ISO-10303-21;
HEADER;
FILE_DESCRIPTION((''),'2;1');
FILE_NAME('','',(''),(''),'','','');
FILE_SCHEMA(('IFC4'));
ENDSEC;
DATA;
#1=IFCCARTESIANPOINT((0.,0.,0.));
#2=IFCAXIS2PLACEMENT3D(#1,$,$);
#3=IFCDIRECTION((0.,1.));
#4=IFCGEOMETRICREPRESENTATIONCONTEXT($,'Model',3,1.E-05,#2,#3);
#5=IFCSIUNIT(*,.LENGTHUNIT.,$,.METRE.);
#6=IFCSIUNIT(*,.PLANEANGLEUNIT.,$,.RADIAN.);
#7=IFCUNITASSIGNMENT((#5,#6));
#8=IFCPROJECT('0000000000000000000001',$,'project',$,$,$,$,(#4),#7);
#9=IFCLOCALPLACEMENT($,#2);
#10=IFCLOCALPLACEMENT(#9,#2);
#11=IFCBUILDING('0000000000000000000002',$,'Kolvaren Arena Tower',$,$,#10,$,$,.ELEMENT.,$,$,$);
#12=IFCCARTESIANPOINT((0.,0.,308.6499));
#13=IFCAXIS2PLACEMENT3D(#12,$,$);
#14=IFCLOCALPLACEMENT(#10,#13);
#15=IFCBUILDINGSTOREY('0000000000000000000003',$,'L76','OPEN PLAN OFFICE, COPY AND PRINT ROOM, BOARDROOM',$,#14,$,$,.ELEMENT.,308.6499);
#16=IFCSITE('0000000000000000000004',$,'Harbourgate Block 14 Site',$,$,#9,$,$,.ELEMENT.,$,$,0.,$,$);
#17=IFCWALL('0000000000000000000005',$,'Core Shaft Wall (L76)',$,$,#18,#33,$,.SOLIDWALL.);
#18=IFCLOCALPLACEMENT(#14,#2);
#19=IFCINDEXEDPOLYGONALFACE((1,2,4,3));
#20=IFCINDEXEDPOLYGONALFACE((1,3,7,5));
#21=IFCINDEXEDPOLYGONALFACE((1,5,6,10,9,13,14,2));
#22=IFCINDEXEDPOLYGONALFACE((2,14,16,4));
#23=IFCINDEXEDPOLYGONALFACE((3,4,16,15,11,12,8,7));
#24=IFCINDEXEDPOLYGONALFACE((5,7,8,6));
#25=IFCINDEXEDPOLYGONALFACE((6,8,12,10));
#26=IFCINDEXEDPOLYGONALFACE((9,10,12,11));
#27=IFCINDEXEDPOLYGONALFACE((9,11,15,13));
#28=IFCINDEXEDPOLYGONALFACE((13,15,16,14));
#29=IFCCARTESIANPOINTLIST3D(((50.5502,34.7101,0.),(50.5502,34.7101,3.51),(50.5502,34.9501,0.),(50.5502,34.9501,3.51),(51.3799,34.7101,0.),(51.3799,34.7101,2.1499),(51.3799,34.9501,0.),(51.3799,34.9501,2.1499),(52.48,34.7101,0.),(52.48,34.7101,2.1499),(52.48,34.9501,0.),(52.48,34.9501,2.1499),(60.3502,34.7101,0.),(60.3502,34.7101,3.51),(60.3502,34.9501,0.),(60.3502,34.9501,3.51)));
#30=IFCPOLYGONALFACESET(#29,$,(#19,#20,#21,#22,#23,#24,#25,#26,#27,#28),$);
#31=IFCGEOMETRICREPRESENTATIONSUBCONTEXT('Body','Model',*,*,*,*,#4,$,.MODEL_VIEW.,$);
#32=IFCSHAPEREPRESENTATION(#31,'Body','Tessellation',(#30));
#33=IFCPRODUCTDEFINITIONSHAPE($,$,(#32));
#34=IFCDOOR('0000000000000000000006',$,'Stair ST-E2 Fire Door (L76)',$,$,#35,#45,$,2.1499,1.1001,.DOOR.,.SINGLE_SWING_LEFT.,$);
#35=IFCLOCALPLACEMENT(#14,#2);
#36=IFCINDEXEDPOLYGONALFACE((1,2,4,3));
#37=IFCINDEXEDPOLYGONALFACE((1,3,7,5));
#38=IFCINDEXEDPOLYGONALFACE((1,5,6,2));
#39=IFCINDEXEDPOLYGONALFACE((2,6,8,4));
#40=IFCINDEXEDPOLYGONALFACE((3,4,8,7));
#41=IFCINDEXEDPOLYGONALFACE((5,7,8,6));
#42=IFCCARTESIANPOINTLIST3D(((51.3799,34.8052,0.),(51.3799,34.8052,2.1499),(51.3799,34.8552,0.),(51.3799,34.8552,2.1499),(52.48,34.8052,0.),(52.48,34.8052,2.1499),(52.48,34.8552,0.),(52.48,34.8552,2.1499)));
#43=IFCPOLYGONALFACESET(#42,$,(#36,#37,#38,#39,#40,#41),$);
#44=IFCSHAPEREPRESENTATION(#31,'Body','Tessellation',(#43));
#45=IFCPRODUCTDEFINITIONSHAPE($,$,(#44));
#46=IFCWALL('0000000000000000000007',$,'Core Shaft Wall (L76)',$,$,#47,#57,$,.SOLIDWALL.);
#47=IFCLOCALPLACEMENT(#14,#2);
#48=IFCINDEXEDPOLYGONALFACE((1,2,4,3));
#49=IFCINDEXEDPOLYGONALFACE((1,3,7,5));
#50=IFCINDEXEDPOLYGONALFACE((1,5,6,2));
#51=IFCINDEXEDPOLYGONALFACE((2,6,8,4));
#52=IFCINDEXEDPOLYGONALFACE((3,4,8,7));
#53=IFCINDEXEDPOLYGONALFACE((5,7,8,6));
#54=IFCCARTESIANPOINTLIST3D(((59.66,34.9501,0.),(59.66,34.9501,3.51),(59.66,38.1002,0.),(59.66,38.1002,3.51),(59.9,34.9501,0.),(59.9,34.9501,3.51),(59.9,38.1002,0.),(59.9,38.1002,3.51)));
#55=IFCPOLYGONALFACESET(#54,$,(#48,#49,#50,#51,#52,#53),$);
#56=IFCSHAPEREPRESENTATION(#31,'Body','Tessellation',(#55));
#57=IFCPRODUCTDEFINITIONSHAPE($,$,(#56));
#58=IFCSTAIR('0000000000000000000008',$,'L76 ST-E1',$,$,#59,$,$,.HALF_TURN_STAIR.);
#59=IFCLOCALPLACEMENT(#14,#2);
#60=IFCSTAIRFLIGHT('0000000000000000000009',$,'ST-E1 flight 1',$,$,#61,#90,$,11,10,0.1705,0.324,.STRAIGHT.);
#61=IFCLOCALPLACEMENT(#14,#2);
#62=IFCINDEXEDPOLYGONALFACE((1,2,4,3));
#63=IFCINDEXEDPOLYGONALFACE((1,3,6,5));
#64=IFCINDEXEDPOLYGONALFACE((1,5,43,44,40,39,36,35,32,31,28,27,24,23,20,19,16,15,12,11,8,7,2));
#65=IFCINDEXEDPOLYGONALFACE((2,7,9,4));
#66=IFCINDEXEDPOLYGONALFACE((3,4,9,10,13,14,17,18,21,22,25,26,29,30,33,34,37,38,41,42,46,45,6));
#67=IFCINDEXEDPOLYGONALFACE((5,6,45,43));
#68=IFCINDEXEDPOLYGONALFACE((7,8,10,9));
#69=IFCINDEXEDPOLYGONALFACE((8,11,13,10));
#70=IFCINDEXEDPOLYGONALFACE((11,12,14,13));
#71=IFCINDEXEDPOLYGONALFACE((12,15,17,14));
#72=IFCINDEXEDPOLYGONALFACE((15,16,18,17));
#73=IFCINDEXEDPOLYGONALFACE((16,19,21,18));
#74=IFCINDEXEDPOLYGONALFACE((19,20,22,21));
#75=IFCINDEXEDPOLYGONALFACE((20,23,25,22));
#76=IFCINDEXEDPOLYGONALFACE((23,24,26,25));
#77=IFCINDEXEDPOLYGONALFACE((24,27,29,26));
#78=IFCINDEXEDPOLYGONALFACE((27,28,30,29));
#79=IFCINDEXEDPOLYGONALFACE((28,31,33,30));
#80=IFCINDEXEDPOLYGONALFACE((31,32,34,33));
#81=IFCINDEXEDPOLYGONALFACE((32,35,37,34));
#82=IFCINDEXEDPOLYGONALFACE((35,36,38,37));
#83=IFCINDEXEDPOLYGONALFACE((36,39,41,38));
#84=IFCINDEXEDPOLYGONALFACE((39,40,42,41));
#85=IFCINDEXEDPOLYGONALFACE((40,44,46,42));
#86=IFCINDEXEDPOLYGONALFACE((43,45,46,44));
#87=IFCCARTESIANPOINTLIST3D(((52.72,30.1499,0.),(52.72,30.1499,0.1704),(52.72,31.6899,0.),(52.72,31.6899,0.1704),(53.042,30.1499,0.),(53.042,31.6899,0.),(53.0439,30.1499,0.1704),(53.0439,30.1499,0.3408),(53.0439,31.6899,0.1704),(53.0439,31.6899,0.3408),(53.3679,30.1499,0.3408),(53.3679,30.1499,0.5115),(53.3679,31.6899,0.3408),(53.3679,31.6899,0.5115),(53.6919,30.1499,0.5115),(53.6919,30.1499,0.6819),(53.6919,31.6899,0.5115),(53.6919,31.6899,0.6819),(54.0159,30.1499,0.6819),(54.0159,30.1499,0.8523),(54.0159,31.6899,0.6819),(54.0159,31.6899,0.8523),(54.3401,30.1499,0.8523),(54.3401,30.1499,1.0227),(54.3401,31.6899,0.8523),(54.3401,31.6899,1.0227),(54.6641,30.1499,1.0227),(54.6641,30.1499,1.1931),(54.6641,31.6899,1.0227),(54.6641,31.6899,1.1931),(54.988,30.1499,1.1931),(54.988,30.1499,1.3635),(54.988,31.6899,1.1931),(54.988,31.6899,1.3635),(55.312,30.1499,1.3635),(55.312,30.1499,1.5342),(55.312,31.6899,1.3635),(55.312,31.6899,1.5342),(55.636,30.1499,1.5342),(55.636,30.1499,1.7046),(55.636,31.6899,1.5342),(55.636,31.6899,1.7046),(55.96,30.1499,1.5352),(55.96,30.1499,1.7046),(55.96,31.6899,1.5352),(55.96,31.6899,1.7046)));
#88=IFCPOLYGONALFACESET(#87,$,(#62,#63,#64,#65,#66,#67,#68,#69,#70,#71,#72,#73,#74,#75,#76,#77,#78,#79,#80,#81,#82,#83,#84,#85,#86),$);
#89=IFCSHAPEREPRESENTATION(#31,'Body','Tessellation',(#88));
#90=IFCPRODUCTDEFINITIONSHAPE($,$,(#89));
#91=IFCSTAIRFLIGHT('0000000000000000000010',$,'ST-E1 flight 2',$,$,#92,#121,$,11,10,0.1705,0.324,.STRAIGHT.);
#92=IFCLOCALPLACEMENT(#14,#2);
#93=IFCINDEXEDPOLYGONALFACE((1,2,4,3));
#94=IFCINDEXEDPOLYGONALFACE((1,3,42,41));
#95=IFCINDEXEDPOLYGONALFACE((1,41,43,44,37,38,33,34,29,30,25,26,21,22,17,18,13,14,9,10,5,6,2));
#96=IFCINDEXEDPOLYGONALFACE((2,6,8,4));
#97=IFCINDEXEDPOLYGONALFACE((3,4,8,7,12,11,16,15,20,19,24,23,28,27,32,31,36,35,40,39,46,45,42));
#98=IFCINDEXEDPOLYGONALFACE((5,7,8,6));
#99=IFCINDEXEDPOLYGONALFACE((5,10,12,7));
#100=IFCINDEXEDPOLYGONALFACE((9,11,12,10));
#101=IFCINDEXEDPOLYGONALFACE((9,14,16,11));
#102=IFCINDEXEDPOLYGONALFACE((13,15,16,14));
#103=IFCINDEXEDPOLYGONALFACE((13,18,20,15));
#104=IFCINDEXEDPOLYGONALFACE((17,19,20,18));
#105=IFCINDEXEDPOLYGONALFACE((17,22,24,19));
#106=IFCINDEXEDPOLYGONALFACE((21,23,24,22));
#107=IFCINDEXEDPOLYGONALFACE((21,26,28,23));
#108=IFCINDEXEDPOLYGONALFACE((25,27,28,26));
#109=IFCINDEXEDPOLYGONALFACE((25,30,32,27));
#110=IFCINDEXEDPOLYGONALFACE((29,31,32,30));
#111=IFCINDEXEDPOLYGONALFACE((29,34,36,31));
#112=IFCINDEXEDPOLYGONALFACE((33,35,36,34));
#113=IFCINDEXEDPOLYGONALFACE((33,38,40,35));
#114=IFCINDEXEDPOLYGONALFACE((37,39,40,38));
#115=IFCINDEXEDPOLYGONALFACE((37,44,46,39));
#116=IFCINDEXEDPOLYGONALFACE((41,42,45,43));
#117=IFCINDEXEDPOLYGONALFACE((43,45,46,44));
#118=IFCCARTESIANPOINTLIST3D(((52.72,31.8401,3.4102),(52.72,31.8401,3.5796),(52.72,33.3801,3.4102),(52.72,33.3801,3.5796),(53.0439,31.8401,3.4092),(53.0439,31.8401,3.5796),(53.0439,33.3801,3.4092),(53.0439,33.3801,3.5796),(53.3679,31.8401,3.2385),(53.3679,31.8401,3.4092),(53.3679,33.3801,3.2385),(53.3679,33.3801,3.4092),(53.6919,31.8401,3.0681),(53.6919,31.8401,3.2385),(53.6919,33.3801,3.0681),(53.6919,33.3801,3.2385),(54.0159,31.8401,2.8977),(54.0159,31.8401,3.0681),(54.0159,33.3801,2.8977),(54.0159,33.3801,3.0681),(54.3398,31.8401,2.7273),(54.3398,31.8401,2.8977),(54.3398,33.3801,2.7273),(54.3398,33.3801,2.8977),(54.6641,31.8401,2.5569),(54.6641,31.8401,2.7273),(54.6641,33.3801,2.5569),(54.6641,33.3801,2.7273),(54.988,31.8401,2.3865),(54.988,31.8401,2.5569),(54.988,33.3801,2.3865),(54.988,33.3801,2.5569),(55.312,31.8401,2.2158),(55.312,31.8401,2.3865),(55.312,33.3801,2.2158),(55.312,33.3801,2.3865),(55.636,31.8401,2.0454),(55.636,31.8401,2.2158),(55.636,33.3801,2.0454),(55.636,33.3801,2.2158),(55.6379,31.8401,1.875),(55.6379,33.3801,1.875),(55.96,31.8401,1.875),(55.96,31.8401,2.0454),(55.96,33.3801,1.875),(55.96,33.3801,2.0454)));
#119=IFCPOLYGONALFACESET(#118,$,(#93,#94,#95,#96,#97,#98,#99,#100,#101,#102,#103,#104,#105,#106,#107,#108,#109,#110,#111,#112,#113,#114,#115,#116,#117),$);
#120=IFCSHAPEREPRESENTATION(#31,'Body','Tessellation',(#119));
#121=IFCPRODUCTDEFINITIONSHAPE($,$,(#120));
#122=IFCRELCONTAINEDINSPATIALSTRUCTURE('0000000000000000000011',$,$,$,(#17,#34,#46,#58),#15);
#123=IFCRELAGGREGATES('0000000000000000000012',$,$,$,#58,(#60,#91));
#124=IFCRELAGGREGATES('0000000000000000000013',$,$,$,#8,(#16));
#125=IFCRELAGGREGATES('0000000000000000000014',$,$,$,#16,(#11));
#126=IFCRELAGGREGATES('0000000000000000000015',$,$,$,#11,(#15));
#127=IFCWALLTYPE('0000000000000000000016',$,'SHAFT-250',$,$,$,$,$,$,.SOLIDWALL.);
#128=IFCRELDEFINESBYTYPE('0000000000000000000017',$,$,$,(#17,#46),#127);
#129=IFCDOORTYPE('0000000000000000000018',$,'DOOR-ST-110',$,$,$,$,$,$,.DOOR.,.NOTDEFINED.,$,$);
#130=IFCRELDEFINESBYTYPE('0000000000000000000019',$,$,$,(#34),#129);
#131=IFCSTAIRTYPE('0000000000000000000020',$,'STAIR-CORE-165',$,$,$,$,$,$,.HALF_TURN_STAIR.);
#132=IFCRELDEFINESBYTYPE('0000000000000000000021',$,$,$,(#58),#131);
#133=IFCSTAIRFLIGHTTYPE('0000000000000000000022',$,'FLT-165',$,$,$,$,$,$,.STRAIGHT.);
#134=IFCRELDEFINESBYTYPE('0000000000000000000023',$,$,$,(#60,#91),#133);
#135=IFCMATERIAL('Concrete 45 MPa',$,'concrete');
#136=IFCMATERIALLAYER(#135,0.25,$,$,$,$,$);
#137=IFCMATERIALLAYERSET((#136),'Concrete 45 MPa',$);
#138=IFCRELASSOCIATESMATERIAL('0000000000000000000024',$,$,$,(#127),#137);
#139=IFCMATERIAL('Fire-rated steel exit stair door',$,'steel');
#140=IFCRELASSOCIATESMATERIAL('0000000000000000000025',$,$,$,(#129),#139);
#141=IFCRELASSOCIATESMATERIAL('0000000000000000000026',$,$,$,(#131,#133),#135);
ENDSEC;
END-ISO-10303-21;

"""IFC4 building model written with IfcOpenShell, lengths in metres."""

from ifc_helpers import new_model, si_unit, direction, frame, frame_2d, origin, place, context, subcontext, project, spatial, polyline, rectangle, outline, extrude, material, layer, layer_set, type_object, element, fill, aggregate, save


model = new_model("IFC4")

# Units and contexts
model_context = context("Model", 3, precision=1e-05, world=origin(), true_north=direction((0.0, 1.0)))
body_context = subcontext(model_context, "Body", "Model", "MODEL_VIEW")
ifc_project = project(units=[si_unit("LENGTHUNIT", "METRE"), si_unit("PLANEANGLEUNIT", "RADIAN")], contexts=[model_context])

# Site, building, storey
site_placement = place(None, origin())
site = spatial("IfcSite", under=ifc_project, at=site_placement, Name="Harbourgate Block 14 Site", CompositionType="ELEMENT", RefElevation=0.0)
building_placement = place(site_placement, origin())
building = spatial("IfcBuilding", under=site, at=building_placement, Name="Kolvaren Arena Tower", CompositionType="ELEMENT")
storey_placement = place(building_placement, frame((0.0, 0.0, 308.6499)))
storey = spatial("IfcBuildingStorey", under=building, at=storey_placement, Name="L76", Description="OPEN PLAN OFFICE, COPY AND PRINT ROOM, BOARDROOM", CompositionType="ELEMENT", Elevation=308.6499)

# Shared definitions
ifc_material_1 = material(Name="Concrete 45 MPa", Category="concrete")
ifc_layer = layer(ifc_material_1, 0.25)
ifc_layer_set = layer_set([ifc_layer], Name="Concrete 45 MPa")
wall_type = type_object("IfcWallType", Name="SHAFT-250", PredefinedType="SOLIDWALL", material=ifc_layer_set)
ifc_material_2 = material(Name="Fire-rated steel exit stair door", Category="steel")
door_type = type_object("IfcDoorType", Name="DOOR-ST-110", OperationType="NOTDEFINED", PredefinedType="DOOR", material=ifc_material_2)

# Wall, opening, door
wall_1_placement = place(storey_placement, frame((60.3501, 34.8301, 0.0), z_axis=(0.0, 0.0, 1.0), x_axis=(-1.0, 0.0, 0.0)))
wall_1 = element("IfcWall", 1, at=wall_1_placement, inside=storey, type_object=wall_type, Name="Core Shaft Wall (L76)", PredefinedType="SOLIDWALL", context=body_context, shape_type="SweptSolid", body=[
    extrude(rectangle(XDim=9.8, YDim=0.24, at=frame_2d((4.8999, 0.0))), origin(), (0.0, 0.0, 1.0), 3.51),
])
opening_1_placement = place(wall_1_placement, frame((7.8701, 0.0, 0.0)))
opening_1 = element("IfcOpeningElement", 2, at=opening_1_placement, cuts=wall_1, PredefinedType="OPENING", context=body_context, shape_type="SweptSolid", body=[
    extrude(rectangle(XDim=1.1001, YDim=2.1499, at=frame_2d((0.55, 1.075))), frame((0.0, 0.1299, 0.0), z_axis=(0.0, -1.0, 0.0), x_axis=(1.0, 0.0, 0.0)), (0.0, 0.0, 1.0), 0.26),
])
door_1_placement = place(opening_1_placement, origin())
door_1 = element("IfcDoor", 3, at=door_1_placement, inside=storey, type_object=door_type, Name="Stair ST-E2 Fire Door (L76)", OperationType="SINGLE_SWING_LEFT", OverallHeight=2.1499, OverallWidth=1.1001, PredefinedType="DOOR", context=body_context, shape_type="SweptSolid", body=[
    extrude(rectangle(XDim=1.1001, YDim=2.1499, at=frame_2d((0.55, 1.075))), frame((0.0, 0.0249, 0.0), z_axis=(0.0, -1.0, 0.0), x_axis=(1.0, 0.0, 0.0)), (0.0, 0.0, 1.0), 0.05),
])
fill(opening_1, door_1)

# Wall
wall_2_placement = place(storey_placement, frame((59.78, 34.95, 0.0), z_axis=(0.0, 0.0, 1.0), x_axis=(0.0, 1.0, 0.0)))
element("IfcWall", 4, at=wall_2_placement, inside=storey, type_object=wall_type, Name="Core Shaft Wall (L76)", PredefinedType="SOLIDWALL", context=body_context, shape_type="SweptSolid", body=[
    extrude(rectangle(XDim=3.1501, YDim=0.24, at=frame_2d((1.5752, 0.0))), origin(), (0.0, 0.0, 1.0), 3.51),
])

# Stair, stair flights
stair_type = type_object("IfcStairType", Name="STAIR-CORE-165", PredefinedType="HALF_TURN_STAIR", material=ifc_material_1)
stair_placement = place(storey_placement, origin())
stair = element("IfcStair", 5, at=stair_placement, inside=storey, type_object=stair_type, Name="L76 ST-E1", PredefinedType="HALF_TURN_STAIR")
stair_flight_type = type_object("IfcStairFlightType", Name="FLT-165", PredefinedType="STRAIGHT", material=ifc_material_1)
stair_flight_1_placement = place(storey_placement, frame((52.72, 30.9199, 0.0), z_axis=(0.0, 0.0, 1.0), x_axis=(1.0, 0.0, 0.0)))
stair_flight_1 = element("IfcStairFlight", 6, at=stair_flight_1_placement, type_object=stair_flight_type, Name="ST-E1 flight 1", NumberOfRisers=11, NumberOfTreads=10, PredefinedType="STRAIGHT", RiserHeight=0.1705, TreadLength=0.324, context=body_context, shape_type="SweptSolid", body=[
    extrude(outline(polyline([(0.0, 0.0), (0.0, 0.1704), (0.324, 0.1704), (0.324, 0.3408), (0.6479, 0.3408), (0.6479, 0.5115), (0.9719, 0.5115), (0.9719, 0.6819), (1.2959, 0.6819), (1.2959, 0.8523), (1.6201, 0.8523), (1.6201, 1.0227), (1.9441, 1.0227), (1.9441, 1.1931), (2.2681, 1.1931), (2.2681, 1.3635), (2.592, 1.3635), (2.592, 1.5342), (2.916, 1.5342), (2.916, 1.7046), (3.24, 1.7046), (3.24, 1.875), (3.24, 1.5352), (0.322, 0.0), (0.0, 0.0)])), frame((0.0, 0.77, 0.0), z_axis=(0.0, -1.0, 0.0), x_axis=(1.0, 0.0, 0.0)), (0.0, 0.0, 1.0), 1.54),
])
stair_flight_2_placement = place(storey_placement, frame((55.96, 32.6101, 1.875), z_axis=(0.0, 0.0, 1.0), x_axis=(-1.0, 0.0, 0.0)))
stair_flight_2 = element("IfcStairFlight", 7, at=stair_flight_2_placement, type_object=stair_flight_type, Name="ST-E1 flight 2", NumberOfRisers=11, NumberOfTreads=10, PredefinedType="STRAIGHT", RiserHeight=0.1705, TreadLength=0.324, context=body_context, shape_type="SweptSolid", body=[
    extrude(outline(polyline([(0.0, 0.0), (0.0, 0.1704), (0.324, 0.1704), (0.324, 0.3408), (0.6479, 0.3408), (0.6479, 0.5115), (0.9719, 0.5115), (0.9719, 0.6819), (1.2959, 0.6819), (1.2959, 0.8523), (1.6201, 0.8523), (1.6201, 1.0227), (1.9441, 1.0227), (1.9441, 1.1931), (2.2681, 1.1931), (2.2681, 1.3635), (2.592, 1.3635), (2.592, 1.5342), (2.916, 1.5342), (2.916, 1.7046), (3.24, 1.7046), (3.24, 1.875), (3.24, 1.5352), (0.322, 0.0), (0.0, 0.0)])), frame((0.0, 0.77, 0.0), z_axis=(0.0, -1.0, 0.0), x_axis=(1.0, 0.0, 0.0)), (0.0, 0.0, 1.0), 1.54),
])
aggregate(stair, [stair_flight_1, stair_flight_2])

save(model, "model.ifc")
